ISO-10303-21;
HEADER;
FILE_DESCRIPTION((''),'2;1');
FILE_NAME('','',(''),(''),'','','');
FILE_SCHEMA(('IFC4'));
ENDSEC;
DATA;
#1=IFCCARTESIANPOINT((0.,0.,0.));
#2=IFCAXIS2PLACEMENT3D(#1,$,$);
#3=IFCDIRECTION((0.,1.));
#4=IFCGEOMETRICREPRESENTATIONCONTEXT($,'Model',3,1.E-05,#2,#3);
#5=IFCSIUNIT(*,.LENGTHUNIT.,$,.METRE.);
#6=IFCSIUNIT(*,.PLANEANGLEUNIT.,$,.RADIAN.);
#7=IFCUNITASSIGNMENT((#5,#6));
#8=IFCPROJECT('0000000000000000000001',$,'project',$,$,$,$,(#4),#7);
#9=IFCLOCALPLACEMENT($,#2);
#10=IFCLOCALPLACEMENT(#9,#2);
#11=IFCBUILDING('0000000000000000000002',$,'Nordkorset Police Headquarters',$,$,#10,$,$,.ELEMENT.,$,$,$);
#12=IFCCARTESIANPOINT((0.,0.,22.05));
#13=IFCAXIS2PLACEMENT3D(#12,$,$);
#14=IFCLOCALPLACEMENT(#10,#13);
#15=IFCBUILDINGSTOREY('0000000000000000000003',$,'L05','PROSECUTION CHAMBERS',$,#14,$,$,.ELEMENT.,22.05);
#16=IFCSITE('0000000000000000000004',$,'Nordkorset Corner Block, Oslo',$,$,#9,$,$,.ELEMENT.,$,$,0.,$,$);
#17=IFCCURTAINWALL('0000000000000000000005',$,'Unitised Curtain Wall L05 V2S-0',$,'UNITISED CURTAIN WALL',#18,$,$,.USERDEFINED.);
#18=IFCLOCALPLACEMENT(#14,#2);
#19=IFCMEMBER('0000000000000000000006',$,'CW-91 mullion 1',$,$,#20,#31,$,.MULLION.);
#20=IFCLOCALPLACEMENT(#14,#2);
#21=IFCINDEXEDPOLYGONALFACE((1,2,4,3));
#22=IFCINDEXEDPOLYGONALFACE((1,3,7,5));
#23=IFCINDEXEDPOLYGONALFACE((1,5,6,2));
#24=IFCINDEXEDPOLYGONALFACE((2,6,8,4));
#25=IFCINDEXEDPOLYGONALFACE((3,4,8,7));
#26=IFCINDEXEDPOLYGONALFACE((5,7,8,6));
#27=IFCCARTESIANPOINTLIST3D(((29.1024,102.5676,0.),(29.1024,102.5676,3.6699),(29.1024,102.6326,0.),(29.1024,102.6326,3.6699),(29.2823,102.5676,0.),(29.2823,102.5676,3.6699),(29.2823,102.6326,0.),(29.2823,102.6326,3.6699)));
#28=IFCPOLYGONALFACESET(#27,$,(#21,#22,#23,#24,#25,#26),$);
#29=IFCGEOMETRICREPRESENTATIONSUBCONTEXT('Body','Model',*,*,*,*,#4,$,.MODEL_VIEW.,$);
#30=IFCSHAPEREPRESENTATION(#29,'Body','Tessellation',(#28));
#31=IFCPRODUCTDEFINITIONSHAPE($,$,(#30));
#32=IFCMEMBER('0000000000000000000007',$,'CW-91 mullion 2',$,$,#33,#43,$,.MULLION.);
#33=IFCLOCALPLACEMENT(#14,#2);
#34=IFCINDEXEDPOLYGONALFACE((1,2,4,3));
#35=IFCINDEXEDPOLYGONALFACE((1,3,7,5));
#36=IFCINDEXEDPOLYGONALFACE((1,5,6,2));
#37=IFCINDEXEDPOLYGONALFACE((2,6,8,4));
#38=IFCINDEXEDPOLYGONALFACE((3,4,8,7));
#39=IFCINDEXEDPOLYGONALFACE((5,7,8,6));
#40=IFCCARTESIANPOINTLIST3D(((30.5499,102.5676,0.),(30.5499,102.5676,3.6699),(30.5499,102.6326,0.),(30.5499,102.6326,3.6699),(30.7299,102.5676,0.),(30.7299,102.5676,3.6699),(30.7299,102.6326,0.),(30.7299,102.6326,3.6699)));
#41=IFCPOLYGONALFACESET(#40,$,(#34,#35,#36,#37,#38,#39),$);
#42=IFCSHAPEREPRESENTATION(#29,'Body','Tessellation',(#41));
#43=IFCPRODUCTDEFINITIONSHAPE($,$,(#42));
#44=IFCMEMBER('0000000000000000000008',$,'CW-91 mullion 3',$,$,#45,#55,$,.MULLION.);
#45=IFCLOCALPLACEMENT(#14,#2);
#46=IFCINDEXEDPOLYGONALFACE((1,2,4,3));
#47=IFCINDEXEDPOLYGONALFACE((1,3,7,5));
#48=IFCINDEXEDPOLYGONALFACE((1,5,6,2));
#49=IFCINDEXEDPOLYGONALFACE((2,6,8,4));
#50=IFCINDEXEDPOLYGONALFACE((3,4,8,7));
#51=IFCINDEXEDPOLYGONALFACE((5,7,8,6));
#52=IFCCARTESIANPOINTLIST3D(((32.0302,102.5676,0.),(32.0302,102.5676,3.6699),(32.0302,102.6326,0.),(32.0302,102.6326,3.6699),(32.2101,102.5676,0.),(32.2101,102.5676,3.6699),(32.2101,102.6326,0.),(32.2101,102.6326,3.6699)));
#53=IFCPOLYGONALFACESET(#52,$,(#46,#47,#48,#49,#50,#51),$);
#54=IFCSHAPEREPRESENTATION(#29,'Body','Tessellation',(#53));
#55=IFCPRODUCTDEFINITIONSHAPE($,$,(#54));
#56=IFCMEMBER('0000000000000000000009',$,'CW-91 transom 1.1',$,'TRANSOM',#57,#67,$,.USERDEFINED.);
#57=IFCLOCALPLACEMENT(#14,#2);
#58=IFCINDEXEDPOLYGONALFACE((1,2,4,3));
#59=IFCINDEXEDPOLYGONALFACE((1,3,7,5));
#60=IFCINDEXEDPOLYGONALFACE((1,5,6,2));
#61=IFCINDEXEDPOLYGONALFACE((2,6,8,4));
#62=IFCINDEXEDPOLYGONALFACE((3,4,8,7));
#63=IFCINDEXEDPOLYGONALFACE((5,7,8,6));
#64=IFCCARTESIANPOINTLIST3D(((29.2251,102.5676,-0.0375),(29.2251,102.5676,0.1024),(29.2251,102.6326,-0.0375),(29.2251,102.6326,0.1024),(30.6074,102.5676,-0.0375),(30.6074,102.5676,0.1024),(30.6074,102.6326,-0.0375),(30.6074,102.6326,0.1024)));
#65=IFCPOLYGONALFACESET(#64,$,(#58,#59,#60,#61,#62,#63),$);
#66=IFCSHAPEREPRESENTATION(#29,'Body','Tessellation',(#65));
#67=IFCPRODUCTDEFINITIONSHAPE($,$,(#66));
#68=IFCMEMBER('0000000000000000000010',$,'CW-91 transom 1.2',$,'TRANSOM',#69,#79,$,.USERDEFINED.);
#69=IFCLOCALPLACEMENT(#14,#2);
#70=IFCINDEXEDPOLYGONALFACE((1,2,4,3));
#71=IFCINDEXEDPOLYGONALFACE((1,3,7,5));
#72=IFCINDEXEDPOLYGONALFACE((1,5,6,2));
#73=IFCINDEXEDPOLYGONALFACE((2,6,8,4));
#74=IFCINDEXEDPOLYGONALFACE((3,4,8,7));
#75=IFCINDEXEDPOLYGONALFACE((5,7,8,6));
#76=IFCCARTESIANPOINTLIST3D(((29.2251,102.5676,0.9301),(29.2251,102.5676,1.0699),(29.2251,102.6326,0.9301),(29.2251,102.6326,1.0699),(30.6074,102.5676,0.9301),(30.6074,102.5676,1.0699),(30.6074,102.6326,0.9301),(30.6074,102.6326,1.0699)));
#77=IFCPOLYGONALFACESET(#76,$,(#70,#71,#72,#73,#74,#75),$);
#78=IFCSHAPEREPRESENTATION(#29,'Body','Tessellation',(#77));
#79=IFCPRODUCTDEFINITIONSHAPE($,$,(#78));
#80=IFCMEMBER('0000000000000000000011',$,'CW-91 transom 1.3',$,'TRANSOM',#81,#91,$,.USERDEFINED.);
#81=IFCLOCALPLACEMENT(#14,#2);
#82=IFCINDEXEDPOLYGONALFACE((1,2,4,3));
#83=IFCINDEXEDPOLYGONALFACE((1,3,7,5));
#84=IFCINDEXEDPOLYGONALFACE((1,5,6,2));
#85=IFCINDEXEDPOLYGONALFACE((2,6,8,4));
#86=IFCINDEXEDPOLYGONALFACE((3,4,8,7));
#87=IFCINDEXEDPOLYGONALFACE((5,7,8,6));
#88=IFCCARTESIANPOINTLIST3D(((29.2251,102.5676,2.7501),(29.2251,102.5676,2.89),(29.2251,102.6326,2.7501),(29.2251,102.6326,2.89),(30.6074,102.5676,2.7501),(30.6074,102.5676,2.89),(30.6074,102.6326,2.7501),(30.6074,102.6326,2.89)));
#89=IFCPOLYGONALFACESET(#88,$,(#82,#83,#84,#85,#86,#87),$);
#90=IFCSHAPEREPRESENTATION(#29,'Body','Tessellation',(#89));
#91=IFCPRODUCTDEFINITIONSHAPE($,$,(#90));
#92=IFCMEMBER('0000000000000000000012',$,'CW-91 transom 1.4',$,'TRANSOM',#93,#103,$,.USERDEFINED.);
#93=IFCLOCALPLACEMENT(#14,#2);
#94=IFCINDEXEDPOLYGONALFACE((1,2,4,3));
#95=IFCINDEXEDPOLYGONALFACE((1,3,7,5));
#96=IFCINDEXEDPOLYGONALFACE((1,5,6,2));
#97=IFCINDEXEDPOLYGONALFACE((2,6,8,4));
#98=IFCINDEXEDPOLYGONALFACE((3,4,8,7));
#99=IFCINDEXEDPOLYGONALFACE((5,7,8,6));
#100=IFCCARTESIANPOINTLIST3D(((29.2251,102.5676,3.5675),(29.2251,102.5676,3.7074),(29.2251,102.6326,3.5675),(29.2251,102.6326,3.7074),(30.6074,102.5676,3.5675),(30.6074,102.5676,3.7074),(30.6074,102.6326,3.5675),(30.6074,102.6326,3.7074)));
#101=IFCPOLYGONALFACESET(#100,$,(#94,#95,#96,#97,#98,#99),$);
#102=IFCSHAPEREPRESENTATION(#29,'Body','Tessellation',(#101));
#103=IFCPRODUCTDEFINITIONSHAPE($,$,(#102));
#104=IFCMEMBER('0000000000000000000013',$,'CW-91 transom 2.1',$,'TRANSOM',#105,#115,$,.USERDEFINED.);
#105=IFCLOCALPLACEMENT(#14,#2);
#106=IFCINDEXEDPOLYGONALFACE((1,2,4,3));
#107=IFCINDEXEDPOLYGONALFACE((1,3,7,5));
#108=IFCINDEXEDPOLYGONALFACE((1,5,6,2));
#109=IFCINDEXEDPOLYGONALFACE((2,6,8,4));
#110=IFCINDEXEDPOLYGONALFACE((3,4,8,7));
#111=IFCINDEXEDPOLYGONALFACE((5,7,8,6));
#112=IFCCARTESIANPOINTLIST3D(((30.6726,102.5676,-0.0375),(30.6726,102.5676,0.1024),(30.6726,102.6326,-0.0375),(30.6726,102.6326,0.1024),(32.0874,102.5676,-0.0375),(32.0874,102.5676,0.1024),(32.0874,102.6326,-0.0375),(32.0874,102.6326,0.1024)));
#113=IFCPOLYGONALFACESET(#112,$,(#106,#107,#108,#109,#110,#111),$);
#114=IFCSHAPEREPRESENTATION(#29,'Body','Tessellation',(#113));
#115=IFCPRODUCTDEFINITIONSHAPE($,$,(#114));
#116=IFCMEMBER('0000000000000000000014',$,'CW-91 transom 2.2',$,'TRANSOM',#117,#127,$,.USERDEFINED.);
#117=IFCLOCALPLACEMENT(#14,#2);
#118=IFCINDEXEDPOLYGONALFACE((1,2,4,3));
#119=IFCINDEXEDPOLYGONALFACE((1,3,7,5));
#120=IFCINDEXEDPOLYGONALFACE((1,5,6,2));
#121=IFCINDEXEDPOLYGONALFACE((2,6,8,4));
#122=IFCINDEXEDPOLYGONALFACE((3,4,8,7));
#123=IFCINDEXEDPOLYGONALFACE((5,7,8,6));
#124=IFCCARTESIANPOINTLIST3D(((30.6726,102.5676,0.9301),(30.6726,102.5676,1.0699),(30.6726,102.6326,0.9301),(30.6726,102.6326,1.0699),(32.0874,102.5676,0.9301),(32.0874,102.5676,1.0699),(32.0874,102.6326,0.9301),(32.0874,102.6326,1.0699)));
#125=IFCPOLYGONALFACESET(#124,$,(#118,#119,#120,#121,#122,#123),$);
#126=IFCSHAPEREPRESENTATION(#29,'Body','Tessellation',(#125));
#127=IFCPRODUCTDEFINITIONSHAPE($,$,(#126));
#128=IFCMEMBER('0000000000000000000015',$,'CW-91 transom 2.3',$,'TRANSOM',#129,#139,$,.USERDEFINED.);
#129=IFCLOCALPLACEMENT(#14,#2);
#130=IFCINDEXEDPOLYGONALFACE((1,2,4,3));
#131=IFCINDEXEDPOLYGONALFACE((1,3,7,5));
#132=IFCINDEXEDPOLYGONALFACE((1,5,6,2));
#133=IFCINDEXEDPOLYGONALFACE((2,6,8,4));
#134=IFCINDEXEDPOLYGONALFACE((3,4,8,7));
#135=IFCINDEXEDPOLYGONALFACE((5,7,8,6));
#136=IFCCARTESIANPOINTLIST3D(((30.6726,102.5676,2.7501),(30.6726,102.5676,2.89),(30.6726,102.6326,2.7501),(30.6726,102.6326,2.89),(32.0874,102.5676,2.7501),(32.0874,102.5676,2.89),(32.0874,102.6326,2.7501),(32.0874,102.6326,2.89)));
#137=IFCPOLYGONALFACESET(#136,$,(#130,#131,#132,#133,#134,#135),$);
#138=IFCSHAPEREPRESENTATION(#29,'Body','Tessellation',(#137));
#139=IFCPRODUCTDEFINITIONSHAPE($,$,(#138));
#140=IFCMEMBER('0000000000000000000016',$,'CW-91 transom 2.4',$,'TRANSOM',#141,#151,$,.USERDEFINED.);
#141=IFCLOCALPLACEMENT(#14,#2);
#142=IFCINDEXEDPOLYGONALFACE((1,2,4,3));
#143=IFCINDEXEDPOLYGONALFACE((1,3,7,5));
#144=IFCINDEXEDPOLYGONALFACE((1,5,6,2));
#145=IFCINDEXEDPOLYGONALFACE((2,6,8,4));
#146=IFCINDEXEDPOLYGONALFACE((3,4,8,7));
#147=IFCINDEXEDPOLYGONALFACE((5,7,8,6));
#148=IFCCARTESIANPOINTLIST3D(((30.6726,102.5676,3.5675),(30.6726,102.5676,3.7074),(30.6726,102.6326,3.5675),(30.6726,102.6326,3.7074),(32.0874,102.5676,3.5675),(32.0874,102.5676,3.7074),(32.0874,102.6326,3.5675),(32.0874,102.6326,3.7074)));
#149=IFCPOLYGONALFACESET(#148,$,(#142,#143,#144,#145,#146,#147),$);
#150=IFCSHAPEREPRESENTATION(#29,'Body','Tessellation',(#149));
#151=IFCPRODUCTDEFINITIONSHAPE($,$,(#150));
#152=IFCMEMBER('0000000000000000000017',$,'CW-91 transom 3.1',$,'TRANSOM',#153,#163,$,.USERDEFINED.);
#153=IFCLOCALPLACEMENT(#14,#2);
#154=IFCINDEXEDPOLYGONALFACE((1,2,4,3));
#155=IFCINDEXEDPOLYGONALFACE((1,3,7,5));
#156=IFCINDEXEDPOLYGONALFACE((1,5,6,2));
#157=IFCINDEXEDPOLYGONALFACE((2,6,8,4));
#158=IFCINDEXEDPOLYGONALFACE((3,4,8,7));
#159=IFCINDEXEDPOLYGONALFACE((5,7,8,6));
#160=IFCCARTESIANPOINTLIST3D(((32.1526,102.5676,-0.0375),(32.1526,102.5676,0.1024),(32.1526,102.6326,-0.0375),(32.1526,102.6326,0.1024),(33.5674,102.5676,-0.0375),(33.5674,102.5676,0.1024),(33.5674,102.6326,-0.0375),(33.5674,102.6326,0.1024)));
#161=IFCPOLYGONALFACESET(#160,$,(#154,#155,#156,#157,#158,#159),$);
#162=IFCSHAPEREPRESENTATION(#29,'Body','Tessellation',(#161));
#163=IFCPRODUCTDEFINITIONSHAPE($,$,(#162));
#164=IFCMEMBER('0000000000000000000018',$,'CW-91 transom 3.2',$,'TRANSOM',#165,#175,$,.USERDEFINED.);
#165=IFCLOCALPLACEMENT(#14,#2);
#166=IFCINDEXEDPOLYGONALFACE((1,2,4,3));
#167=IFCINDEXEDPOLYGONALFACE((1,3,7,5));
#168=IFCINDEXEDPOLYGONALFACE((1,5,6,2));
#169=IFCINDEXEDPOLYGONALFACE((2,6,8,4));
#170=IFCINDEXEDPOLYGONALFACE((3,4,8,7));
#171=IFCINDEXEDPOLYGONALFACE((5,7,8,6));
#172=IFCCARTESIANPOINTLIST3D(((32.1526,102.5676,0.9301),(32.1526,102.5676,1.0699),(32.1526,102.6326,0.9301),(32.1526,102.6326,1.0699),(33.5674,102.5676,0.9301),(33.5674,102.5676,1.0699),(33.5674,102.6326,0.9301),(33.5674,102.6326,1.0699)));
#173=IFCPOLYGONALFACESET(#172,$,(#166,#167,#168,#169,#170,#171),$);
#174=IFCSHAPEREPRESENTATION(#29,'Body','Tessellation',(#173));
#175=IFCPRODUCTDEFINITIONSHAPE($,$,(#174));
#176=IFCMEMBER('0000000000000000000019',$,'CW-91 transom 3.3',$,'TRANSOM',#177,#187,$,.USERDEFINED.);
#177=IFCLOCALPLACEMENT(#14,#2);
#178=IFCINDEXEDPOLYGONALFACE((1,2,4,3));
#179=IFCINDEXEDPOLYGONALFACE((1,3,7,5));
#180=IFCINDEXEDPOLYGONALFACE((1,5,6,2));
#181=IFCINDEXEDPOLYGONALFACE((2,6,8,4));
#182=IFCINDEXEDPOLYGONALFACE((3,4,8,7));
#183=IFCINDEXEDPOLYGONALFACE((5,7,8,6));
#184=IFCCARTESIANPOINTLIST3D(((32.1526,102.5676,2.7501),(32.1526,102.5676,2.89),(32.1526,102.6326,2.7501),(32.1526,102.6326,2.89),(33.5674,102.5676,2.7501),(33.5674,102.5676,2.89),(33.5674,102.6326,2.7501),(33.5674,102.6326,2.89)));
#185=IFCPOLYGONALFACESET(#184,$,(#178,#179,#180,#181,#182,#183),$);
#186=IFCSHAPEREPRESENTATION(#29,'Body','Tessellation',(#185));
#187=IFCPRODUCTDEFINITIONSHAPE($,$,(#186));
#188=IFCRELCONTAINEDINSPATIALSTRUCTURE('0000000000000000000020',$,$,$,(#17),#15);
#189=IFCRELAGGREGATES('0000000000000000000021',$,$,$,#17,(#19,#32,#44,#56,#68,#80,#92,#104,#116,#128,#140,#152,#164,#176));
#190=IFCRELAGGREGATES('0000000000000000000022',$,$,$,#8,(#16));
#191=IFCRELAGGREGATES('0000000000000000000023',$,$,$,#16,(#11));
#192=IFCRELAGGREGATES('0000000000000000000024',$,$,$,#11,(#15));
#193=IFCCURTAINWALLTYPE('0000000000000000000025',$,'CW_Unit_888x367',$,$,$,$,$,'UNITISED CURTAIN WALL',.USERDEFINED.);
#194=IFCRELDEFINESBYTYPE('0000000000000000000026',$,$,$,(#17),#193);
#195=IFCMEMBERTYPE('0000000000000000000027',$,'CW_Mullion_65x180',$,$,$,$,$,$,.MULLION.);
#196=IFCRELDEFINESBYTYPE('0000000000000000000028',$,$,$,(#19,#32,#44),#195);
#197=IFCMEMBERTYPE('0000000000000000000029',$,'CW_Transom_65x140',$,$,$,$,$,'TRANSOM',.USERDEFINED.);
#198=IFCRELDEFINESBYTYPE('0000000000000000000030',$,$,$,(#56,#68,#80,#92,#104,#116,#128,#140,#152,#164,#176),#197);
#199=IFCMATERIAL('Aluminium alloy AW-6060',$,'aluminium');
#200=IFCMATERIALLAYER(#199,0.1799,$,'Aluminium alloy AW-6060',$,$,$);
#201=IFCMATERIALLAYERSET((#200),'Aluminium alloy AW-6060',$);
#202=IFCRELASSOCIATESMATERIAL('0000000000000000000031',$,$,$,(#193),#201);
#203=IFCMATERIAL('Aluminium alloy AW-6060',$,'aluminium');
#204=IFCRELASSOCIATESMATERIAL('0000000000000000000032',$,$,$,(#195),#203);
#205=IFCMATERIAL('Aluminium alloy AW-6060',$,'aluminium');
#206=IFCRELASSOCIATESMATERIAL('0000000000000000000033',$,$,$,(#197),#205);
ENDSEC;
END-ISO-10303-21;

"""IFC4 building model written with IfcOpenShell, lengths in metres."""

from ifc_helpers import new_model, si_unit, direction, frame, origin, origin_2d, place, context, subcontext, project, spatial, rectangle, extrude, material, layer, layer_set, material_profile, profile_set, type_object, element, aggregate, save


model = new_model("IFC4")

# Units and contexts
model_context = context("Model", 3, precision=1e-05, world=origin(), true_north=direction((0.0, 1.0)))
body_context = subcontext(model_context, "Body", "Model", "MODEL_VIEW")
ifc_project = project(units=[si_unit("LENGTHUNIT", "METRE"), si_unit("PLANEANGLEUNIT", "RADIAN")], contexts=[model_context])

# Site, building, storey
site_placement = place(None, origin())
site = spatial("IfcSite", under=ifc_project, at=site_placement, Name="Nordkorset Corner Block, Oslo", CompositionType="ELEMENT", RefElevation=0.0)
building_placement = place(site_placement, origin())
building = spatial("IfcBuilding", under=site, at=building_placement, Name="Nordkorset Police Headquarters", CompositionType="ELEMENT")
storey_placement = place(building_placement, frame((0.0, 0.0, 22.05)))
storey = spatial("IfcBuildingStorey", under=building, at=storey_placement, Name="L05", Description="PROSECUTION CHAMBERS", CompositionType="ELEMENT", Elevation=22.05)

# Curtain wall, members
ifc_material_1 = material(Name="Aluminium alloy AW-6060", Category="aluminium")
ifc_layer_1 = layer(ifc_material_1, 0.1799, Name="Aluminium alloy AW-6060")
ifc_layer_set_1 = layer_set([ifc_layer_1], Name="Aluminium alloy AW-6060")
curtain_wall_type = type_object("IfcCurtainWallType", Name="CW_Unit_888x367", ElementType="UNITISED CURTAIN WALL", PredefinedType="USERDEFINED", material=ifc_layer_set_1)
curtain_wall_placement = place(storey_placement, origin())
curtain_wall = element("IfcCurtainWall", 1, at=curtain_wall_placement, inside=storey, type_object=curtain_wall_type, Name="Unitised Curtain Wall L05 V2S-0", ObjectType="UNITISED CURTAIN WALL", PredefinedType="USERDEFINED")
ifc_material_2 = material(Name="Aluminium alloy AW-6060", Category="aluminium")
ifc_material_profile_1 = material_profile(ifc_material_2, rectangle(XDim=0.0649, YDim=0.1799, at=origin_2d()), Name="ALU MULL 65x180")
ifc_profile_set_1 = profile_set([ifc_material_profile_1], Name="Aluminium alloy AW-6060")
member_type_1 = type_object("IfcMemberType", Name="CW_Mullion_65x180", PredefinedType="MULLION", material=ifc_profile_set_1)
member_1_placement = place(storey_placement, frame((29.1924, 102.6001, 0.0), z_axis=(0.0, 0.0, 1.0), x_axis=(0.0, 1.0, 0.0)))
member_1 = element("IfcMember", 2, at=member_1_placement, type_object=member_type_1, Name="CW-91 mullion 1", PredefinedType="MULLION", context=body_context, shape_type="SweptSolid", body=[
    extrude(rectangle(XDim=0.0649, YDim=0.1799, at=origin_2d()), origin(), (0.0, 0.0, 1.0), 3.6699),
])
member_2_placement = place(storey_placement, frame((30.6399, 102.6001, 0.0), z_axis=(0.0, 0.0, 1.0), x_axis=(0.0, 1.0, 0.0)))
member_2 = element("IfcMember", 3, at=member_2_placement, type_object=member_type_1, Name="CW-91 mullion 2", PredefinedType="MULLION", context=body_context, shape_type="SweptSolid", body=[
    extrude(rectangle(XDim=0.0649, YDim=0.1799, at=origin_2d()), origin(), (0.0, 0.0, 1.0), 3.6699),
])
member_3_placement = place(storey_placement, frame((32.1201, 102.6001, 0.0), z_axis=(0.0, 0.0, 1.0), x_axis=(0.0, 1.0, 0.0)))
member_3 = element("IfcMember", 4, at=member_3_placement, type_object=member_type_1, Name="CW-91 mullion 3", PredefinedType="MULLION", context=body_context, shape_type="SweptSolid", body=[
    extrude(rectangle(XDim=0.0649, YDim=0.1799, at=origin_2d()), origin(), (0.0, 0.0, 1.0), 3.6699),
])
ifc_material_3 = material(Name="Aluminium alloy AW-6060", Category="aluminium")
ifc_material_profile_2 = material_profile(ifc_material_3, rectangle(XDim=0.0649, YDim=0.1399, at=origin_2d()), Name="ALU TRAN 65x140")
ifc_profile_set_2 = profile_set([ifc_material_profile_2], Name="Aluminium alloy AW-6060")
member_type_2 = type_object("IfcMemberType", Name="CW_Transom_65x140", ElementType="TRANSOM", PredefinedType="USERDEFINED", material=ifc_profile_set_2)
member_4_placement = place(storey_placement, frame((29.2251, 102.6001, 0.0325), z_axis=(1.0, 0.0, 0.0), x_axis=(0.0, 1.0, 0.0)))
member_4 = element("IfcMember", 5, at=member_4_placement, type_object=member_type_2, Name="CW-91 transom 1.1", ObjectType="TRANSOM", PredefinedType="USERDEFINED", context=body_context, shape_type="SweptSolid", body=[
    extrude(rectangle(XDim=0.0649, YDim=0.1399, at=origin_2d()), origin(), (0.0, 0.0, 1.0), 1.3823),
])
member_5_placement = place(storey_placement, frame((29.2251, 102.6001, 1.0), z_axis=(1.0, 0.0, 0.0), x_axis=(0.0, 1.0, 0.0)))
member_5 = element("IfcMember", 6, at=member_5_placement, type_object=member_type_2, Name="CW-91 transom 1.2", ObjectType="TRANSOM", PredefinedType="USERDEFINED", context=body_context, shape_type="SweptSolid", body=[
    extrude(rectangle(XDim=0.0649, YDim=0.1399, at=origin_2d()), origin(), (0.0, 0.0, 1.0), 1.3823),
])
member_6_placement = place(storey_placement, frame((29.2251, 102.6001, 2.8201), z_axis=(1.0, 0.0, 0.0), x_axis=(0.0, 1.0, 0.0)))
member_6 = element("IfcMember", 7, at=member_6_placement, type_object=member_type_2, Name="CW-91 transom 1.3", ObjectType="TRANSOM", PredefinedType="USERDEFINED", context=body_context, shape_type="SweptSolid", body=[
    extrude(rectangle(XDim=0.0649, YDim=0.1399, at=origin_2d()), origin(), (0.0, 0.0, 1.0), 1.3823),
])
member_7_placement = place(storey_placement, frame((29.2251, 102.6001, 3.6375), z_axis=(1.0, 0.0, 0.0), x_axis=(0.0, 1.0, 0.0)))
member_7 = element("IfcMember", 8, at=member_7_placement, type_object=member_type_2, Name="CW-91 transom 1.4", ObjectType="TRANSOM", PredefinedType="USERDEFINED", context=body_context, shape_type="SweptSolid", body=[
    extrude(rectangle(XDim=0.0649, YDim=0.1399, at=origin_2d()), origin(), (0.0, 0.0, 1.0), 1.3823),
])
member_8_placement = place(storey_placement, frame((30.6726, 102.6001, 0.0325), z_axis=(1.0, 0.0, 0.0), x_axis=(0.0, 1.0, 0.0)))
member_8 = element("IfcMember", 9, at=member_8_placement, type_object=member_type_2, Name="CW-91 transom 2.1", ObjectType="TRANSOM", PredefinedType="USERDEFINED", context=body_context, shape_type="SweptSolid", body=[
    extrude(rectangle(XDim=0.0649, YDim=0.1399, at=origin_2d()), origin(), (0.0, 0.0, 1.0), 1.4148),
])
member_9_placement = place(storey_placement, frame((30.6726, 102.6001, 1.0), z_axis=(1.0, 0.0, 0.0), x_axis=(0.0, 1.0, 0.0)))
member_9 = element("IfcMember", 10, at=member_9_placement, type_object=member_type_2, Name="CW-91 transom 2.2", ObjectType="TRANSOM", PredefinedType="USERDEFINED", context=body_context, shape_type="SweptSolid", body=[
    extrude(rectangle(XDim=0.0649, YDim=0.1399, at=origin_2d()), origin(), (0.0, 0.0, 1.0), 1.4148),
])
member_10_placement = place(storey_placement, frame((30.6726, 102.6001, 2.8201), z_axis=(1.0, 0.0, 0.0), x_axis=(0.0, 1.0, 0.0)))
member_10 = element("IfcMember", 11, at=member_10_placement, type_object=member_type_2, Name="CW-91 transom 2.3", ObjectType="TRANSOM", PredefinedType="USERDEFINED", context=body_context, shape_type="SweptSolid", body=[
    extrude(rectangle(XDim=0.0649, YDim=0.1399, at=origin_2d()), origin(), (0.0, 0.0, 1.0), 1.4148),
])
member_11_placement = place(storey_placement, frame((30.6726, 102.6001, 3.6375), z_axis=(1.0, 0.0, 0.0), x_axis=(0.0, 1.0, 0.0)))
member_11 = element("IfcMember", 12, at=member_11_placement, type_object=member_type_2, Name="CW-91 transom 2.4", ObjectType="TRANSOM", PredefinedType="USERDEFINED", context=body_context, shape_type="SweptSolid", body=[
    extrude(rectangle(XDim=0.0649, YDim=0.1399, at=origin_2d()), origin(), (0.0, 0.0, 1.0), 1.4148),
])
member_12_placement = place(storey_placement, frame((32.1526, 102.6001, 0.0325), z_axis=(1.0, 0.0, 0.0), x_axis=(0.0, 1.0, 0.0)))
member_12 = element("IfcMember", 13, at=member_12_placement, type_object=member_type_2, Name="CW-91 transom 3.1", ObjectType="TRANSOM", PredefinedType="USERDEFINED", context=body_context, shape_type="SweptSolid", body=[
    extrude(rectangle(XDim=0.0649, YDim=0.1399, at=origin_2d()), origin(), (0.0, 0.0, 1.0), 1.4148),
])
member_13_placement = place(storey_placement, frame((32.1526, 102.6001, 1.0), z_axis=(1.0, 0.0, 0.0), x_axis=(0.0, 1.0, 0.0)))
member_13 = element("IfcMember", 14, at=member_13_placement, type_object=member_type_2, Name="CW-91 transom 3.2", ObjectType="TRANSOM", PredefinedType="USERDEFINED", context=body_context, shape_type="SweptSolid", body=[
    extrude(rectangle(XDim=0.0649, YDim=0.1399, at=origin_2d()), origin(), (0.0, 0.0, 1.0), 1.4148),
])
member_14_placement = place(storey_placement, frame((32.1526, 102.6001, 2.8201), z_axis=(1.0, 0.0, 0.0), x_axis=(0.0, 1.0, 0.0)))
member_14 = element("IfcMember", 15, at=member_14_placement, type_object=member_type_2, Name="CW-91 transom 3.3", ObjectType="TRANSOM", PredefinedType="USERDEFINED", context=body_context, shape_type="SweptSolid", body=[
    extrude(rectangle(XDim=0.0649, YDim=0.1399, at=origin_2d()), origin(), (0.0, 0.0, 1.0), 1.4148),
])

aggregate(curtain_wall, [member_1, member_2, member_3, member_4, member_5, member_6, member_7, member_8, member_9, member_10, member_11, member_12, member_13, member_14])

save(model, "model.ifc")
